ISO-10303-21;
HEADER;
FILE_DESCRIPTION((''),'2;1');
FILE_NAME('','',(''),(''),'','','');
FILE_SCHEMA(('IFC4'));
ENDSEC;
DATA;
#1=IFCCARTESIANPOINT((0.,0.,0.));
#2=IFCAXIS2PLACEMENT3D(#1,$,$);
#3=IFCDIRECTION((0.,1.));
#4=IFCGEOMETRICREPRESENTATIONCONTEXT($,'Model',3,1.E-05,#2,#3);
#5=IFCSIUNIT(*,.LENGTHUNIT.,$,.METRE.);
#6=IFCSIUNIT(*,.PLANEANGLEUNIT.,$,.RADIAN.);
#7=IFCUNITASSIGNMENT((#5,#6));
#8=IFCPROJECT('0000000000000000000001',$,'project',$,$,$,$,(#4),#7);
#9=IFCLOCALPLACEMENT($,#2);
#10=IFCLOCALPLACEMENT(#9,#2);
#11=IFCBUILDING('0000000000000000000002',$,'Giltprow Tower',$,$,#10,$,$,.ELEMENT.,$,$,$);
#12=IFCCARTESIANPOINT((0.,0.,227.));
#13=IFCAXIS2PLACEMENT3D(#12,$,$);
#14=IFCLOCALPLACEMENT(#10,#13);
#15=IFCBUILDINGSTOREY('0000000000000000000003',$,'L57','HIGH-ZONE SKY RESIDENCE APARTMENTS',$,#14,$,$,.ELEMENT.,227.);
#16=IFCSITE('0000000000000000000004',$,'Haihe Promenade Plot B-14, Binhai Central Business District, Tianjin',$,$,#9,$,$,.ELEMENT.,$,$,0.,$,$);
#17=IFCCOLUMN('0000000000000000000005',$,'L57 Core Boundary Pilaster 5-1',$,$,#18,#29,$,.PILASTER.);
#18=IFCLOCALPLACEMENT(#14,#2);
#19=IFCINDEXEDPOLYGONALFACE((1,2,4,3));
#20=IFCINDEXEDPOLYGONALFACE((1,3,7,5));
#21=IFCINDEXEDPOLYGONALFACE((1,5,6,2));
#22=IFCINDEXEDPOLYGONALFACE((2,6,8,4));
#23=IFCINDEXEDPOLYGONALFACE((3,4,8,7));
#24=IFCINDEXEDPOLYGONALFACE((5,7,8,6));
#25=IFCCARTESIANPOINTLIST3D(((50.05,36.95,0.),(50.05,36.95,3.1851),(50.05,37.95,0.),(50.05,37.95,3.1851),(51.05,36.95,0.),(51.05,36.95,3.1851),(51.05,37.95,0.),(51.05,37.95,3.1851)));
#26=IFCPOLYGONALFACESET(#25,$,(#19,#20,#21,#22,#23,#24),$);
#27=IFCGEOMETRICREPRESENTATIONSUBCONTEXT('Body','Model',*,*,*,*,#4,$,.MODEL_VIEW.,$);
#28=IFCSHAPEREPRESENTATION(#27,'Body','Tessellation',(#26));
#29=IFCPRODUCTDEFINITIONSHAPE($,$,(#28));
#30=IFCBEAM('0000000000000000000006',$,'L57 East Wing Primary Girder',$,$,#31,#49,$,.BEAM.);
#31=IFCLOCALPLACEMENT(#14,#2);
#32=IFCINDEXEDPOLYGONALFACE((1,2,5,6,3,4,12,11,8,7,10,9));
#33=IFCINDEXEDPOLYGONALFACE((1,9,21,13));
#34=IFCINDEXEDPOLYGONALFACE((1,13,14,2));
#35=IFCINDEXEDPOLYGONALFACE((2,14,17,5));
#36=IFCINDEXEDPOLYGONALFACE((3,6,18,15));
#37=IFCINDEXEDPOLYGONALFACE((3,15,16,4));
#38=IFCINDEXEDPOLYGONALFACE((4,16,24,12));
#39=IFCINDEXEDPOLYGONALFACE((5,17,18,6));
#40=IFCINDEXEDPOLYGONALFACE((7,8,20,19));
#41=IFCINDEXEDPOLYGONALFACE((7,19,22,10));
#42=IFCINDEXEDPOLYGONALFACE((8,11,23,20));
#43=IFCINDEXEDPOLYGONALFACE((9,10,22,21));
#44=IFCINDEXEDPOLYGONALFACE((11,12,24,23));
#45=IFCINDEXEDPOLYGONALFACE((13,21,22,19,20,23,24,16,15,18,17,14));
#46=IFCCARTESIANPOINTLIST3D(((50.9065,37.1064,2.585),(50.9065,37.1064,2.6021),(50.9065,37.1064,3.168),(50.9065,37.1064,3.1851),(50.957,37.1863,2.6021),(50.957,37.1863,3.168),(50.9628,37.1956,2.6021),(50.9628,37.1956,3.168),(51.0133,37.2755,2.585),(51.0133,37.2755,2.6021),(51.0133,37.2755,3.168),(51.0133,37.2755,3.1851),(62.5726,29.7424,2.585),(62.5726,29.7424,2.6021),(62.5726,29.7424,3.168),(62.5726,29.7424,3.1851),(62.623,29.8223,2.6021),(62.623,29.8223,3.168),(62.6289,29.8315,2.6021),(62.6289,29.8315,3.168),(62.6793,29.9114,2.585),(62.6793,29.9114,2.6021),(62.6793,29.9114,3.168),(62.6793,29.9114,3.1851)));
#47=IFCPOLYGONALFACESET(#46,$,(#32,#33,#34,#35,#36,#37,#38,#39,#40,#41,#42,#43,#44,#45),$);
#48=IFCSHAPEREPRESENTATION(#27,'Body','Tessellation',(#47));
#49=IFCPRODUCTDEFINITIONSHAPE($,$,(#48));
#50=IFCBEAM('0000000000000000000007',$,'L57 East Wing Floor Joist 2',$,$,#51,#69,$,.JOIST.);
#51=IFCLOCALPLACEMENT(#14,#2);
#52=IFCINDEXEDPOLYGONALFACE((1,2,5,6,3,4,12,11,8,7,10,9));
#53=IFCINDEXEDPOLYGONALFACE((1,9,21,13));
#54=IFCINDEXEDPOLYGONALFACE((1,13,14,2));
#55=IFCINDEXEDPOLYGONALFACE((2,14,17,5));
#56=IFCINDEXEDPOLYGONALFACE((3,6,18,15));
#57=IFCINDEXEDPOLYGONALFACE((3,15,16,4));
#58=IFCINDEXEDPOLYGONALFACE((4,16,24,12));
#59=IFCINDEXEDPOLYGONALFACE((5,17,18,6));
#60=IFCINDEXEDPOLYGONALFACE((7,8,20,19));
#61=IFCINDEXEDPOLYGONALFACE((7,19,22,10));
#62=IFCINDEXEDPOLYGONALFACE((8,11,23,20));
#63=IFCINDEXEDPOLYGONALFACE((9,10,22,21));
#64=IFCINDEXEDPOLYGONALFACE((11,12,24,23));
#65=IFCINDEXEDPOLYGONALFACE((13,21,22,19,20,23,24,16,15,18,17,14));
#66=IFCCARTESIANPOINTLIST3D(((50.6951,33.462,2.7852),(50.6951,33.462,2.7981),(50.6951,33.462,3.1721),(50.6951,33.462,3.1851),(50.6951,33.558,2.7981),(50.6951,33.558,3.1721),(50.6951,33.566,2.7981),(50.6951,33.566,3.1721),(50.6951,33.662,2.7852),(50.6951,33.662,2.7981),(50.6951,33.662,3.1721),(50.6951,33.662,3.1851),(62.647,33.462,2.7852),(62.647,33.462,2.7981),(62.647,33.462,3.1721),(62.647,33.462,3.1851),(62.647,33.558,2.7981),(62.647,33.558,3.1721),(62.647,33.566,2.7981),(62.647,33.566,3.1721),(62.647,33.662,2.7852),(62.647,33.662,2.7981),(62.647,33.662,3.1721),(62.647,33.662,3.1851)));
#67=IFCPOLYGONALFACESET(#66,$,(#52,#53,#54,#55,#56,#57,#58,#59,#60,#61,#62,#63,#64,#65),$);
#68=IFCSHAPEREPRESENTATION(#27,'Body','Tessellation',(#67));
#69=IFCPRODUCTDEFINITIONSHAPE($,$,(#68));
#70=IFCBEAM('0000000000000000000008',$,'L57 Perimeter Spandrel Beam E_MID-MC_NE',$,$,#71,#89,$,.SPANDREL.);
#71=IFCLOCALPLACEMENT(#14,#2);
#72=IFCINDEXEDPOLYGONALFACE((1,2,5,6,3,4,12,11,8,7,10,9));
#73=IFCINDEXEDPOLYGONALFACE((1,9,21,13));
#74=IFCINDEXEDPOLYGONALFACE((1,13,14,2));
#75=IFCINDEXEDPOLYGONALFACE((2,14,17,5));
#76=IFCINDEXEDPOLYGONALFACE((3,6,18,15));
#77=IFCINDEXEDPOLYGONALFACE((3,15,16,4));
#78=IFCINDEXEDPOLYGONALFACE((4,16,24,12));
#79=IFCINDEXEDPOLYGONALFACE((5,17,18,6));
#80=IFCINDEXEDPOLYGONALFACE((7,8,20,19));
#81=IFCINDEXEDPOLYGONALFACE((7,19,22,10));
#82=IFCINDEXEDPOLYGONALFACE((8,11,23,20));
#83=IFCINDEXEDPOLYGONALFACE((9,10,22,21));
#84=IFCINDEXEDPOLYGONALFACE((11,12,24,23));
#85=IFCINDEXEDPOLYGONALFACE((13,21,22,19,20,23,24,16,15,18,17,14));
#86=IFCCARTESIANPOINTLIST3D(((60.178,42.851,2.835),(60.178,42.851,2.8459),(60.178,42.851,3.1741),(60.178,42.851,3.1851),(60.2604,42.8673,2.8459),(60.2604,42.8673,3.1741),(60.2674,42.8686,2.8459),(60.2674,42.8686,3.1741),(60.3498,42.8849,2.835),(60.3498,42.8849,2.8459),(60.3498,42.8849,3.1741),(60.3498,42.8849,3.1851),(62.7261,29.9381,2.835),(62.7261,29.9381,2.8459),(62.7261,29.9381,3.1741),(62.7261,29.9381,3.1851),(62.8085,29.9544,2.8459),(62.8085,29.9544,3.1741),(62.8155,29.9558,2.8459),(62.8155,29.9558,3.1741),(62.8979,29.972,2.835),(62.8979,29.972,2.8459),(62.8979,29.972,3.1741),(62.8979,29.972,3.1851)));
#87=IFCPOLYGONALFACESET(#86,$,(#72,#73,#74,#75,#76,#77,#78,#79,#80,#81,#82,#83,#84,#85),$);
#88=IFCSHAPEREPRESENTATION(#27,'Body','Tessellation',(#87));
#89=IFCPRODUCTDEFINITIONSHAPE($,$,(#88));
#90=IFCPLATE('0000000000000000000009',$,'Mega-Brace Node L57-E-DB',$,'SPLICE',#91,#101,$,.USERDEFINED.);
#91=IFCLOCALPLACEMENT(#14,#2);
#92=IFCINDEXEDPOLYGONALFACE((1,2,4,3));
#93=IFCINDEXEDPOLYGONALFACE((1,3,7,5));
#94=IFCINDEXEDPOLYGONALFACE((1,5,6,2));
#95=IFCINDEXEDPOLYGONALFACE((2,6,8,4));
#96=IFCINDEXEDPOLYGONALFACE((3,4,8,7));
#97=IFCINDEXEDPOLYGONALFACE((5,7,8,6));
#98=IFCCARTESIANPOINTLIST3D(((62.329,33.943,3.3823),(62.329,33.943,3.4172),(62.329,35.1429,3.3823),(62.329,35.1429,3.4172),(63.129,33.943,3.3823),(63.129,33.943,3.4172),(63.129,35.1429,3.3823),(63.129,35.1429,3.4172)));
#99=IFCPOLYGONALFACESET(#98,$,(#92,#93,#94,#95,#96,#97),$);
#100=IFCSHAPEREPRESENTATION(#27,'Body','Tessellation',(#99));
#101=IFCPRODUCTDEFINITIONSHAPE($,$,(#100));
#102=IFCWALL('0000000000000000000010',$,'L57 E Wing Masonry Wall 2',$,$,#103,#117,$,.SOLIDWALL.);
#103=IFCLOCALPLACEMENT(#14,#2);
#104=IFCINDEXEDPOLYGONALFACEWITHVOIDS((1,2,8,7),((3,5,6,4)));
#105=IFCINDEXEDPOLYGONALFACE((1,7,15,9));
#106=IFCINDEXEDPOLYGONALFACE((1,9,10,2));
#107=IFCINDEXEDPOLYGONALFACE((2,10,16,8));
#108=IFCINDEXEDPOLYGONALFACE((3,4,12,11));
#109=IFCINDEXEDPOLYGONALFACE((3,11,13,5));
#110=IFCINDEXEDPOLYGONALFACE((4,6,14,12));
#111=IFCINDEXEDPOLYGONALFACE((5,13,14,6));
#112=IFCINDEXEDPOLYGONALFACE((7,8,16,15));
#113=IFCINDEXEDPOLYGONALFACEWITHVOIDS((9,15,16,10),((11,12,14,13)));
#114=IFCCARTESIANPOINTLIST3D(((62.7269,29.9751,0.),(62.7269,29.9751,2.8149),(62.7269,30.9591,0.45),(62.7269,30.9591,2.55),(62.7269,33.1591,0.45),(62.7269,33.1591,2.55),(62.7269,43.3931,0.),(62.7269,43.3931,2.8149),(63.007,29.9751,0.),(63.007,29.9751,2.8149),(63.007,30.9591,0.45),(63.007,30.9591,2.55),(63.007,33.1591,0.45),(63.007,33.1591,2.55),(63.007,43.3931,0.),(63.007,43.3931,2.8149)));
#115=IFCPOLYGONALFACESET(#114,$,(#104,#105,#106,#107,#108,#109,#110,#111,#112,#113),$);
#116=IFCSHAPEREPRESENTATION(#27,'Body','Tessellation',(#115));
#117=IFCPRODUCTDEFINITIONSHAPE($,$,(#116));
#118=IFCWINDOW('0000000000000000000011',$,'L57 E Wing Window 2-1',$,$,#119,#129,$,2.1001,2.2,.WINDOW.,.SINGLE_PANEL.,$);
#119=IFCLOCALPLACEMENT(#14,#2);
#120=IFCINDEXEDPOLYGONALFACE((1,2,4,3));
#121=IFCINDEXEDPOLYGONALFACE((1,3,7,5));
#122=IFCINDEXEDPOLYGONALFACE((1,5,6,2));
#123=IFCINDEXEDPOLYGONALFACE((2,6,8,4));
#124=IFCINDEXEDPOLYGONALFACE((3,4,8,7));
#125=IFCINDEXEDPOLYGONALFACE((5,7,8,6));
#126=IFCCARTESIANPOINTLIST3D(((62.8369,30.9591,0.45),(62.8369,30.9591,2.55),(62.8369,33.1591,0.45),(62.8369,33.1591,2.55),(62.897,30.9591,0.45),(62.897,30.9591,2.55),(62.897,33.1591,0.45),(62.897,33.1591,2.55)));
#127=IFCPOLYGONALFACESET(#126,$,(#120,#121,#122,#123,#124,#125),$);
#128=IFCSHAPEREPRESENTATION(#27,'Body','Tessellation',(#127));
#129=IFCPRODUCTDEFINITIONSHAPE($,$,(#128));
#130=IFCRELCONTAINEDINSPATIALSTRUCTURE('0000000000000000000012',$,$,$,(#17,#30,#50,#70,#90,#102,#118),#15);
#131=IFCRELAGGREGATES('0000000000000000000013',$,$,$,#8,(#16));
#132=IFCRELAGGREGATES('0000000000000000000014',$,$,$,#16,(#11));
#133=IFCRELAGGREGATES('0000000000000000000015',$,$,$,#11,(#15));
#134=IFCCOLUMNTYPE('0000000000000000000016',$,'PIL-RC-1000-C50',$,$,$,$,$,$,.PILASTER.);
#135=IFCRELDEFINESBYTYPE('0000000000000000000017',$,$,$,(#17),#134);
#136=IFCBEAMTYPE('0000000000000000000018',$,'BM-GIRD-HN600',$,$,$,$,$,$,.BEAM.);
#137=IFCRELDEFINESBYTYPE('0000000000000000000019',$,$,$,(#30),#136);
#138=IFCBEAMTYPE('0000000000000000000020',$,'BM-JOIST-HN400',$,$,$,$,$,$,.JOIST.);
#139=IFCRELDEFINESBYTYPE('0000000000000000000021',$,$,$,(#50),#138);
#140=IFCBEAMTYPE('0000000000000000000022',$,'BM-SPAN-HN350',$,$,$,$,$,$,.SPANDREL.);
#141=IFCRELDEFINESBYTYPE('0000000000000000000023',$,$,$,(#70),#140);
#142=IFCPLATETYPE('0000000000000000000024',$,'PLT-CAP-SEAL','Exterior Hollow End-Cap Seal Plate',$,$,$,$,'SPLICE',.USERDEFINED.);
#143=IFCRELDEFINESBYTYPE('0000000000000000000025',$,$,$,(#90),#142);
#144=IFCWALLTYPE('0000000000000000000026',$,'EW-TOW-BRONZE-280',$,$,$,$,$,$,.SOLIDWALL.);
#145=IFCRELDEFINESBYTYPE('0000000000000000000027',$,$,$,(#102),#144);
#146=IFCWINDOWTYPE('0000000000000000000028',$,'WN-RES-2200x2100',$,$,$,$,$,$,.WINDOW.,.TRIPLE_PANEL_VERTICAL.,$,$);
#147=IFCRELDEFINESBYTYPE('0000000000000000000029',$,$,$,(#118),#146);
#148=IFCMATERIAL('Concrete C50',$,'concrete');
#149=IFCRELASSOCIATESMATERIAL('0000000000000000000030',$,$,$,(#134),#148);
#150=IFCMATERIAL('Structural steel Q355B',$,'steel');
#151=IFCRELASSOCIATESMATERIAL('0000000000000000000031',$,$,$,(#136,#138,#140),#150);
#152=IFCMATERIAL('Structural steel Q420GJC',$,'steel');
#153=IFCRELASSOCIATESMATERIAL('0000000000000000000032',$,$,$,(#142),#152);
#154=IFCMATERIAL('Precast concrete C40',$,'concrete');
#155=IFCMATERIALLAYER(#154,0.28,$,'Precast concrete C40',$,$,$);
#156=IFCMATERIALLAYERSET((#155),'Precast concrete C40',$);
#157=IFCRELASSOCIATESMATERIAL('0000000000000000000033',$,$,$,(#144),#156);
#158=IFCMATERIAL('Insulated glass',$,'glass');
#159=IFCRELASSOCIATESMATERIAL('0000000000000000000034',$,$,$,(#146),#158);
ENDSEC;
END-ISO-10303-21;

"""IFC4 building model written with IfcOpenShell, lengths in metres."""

from ifc_helpers import new_model, si_unit, direction, frame, frame_2d, origin, origin_2d, place, context, subcontext, project, spatial, rectangle, i_section, extrude, source, transform, mapped, material, layer, layer_set, material_profile, profile_set, type_object, element, fill, save


model = new_model("IFC4")

# Units and contexts
model_context = context("Model", 3, precision=1e-05, world=origin(), true_north=direction((0.0, 1.0)))
body_context = subcontext(model_context, "Body", "Model", "MODEL_VIEW")
ifc_project = project(units=[si_unit("LENGTHUNIT", "METRE"), si_unit("PLANEANGLEUNIT", "RADIAN")], contexts=[model_context])

# Site, building, storey
site_placement = place(None, origin())
site = spatial("IfcSite", under=ifc_project, at=site_placement, Name="Haihe Promenade Plot B-14, Binhai Central Business District, Tianjin", CompositionType="ELEMENT", RefElevation=0.0)
building_placement = place(site_placement, origin())
building = spatial("IfcBuilding", under=site, at=building_placement, Name="Giltprow Tower", CompositionType="ELEMENT")
storey_placement = place(building_placement, frame((0.0, 0.0, 227.0)))
storey = spatial("IfcBuildingStorey", under=building, at=storey_placement, Name="L57", Description="HIGH-ZONE SKY RESIDENCE APARTMENTS", CompositionType="ELEMENT", Elevation=227.0)

# Column
ifc_material_1 = material(Name="Concrete C50", Category="concrete")
ifc_material_profile_1 = material_profile(ifc_material_1, rectangle(XDim=1.0, YDim=1.0, at=origin_2d()), Name="RC 1000x1000")
ifc_profile_set_1 = profile_set([ifc_material_profile_1], Name="Concrete C50")
column_type = type_object("IfcColumnType", Name="PIL-RC-1000-C50", PredefinedType="PILASTER", material=ifc_profile_set_1)
shared_shape_1 = source(origin(), body_context, "Body", "SweptSolid", [
    extrude(rectangle(XDim=1.0, YDim=1.0, at=origin_2d()), origin(), (0.0, 0.0, 1.0), 3.1851),
])
column_placement = place(storey_placement, frame((50.55, 37.45, 0.0), z_axis=(0.0, 0.0, 1.0), x_axis=(1.0, 0.0, 0.0)))
element("IfcColumn", 1, at=column_placement, inside=storey, type_object=column_type, Name="L57 Core Boundary Pilaster 5-1", PredefinedType="PILASTER", context=body_context, shape_type="MappedRepresentation", body=[
    mapped(shared_shape_1, transform((0.0, 0.0, 0.0), x_axis=(1.0, 0.0, 0.0), y_axis=(0.0, 1.0, 0.0), z_axis=(0.0, 0.0, 1.0), scale=1.0)),
])

# Beams
ifc_material_2 = material(Name="Structural steel Q355B", Category="steel")
ifc_material_profile_2 = material_profile(ifc_material_2, i_section(OverallWidth=0.2, OverallDepth=0.6001, WebThickness=0.011, FlangeThickness=0.0171, at=origin_2d()), Name="HN 600x200x11x17")
ifc_profile_set_2 = profile_set([ifc_material_profile_2], Name="Structural steel Q355B")
beam_type_1 = type_object("IfcBeamType", Name="BM-GIRD-HN600", PredefinedType="BEAM", material=ifc_profile_set_2)
shared_shape_2 = source(origin(), body_context, "Body", "SweptSolid", [
    extrude(i_section(OverallWidth=0.2, OverallDepth=0.6001, WebThickness=0.011, FlangeThickness=0.0171, at=origin_2d()), origin(), (0.0, 0.0, 1.0), 13.7959),
])
beam_1_placement = place(storey_placement, frame((62.626, 29.8269, 2.885), z_axis=(-0.84562, 0.533786, 0.0), x_axis=(-0.533786, -0.84562, 0.0)))
element("IfcBeam", 2, at=beam_1_placement, inside=storey, type_object=beam_type_1, Name="L57 East Wing Primary Girder", PredefinedType="BEAM", context=body_context, shape_type="MappedRepresentation", body=[
    mapped(shared_shape_2, transform((0.0, 0.0, 0.0), x_axis=(1.0, 0.0, 0.0), y_axis=(0.0, 1.0, 0.0), z_axis=(0.0, 0.0, 1.0), scale=1.0)),
])
ifc_material_profile_3 = material_profile(ifc_material_2, i_section(OverallWidth=0.2, OverallDepth=0.3999, WebThickness=0.0081, FlangeThickness=0.0129, at=origin_2d()), Name="HN 400x200x8x13")
ifc_profile_set_3 = profile_set([ifc_material_profile_3], Name="Structural steel Q355B")
beam_type_2 = type_object("IfcBeamType", Name="BM-JOIST-HN400", PredefinedType="JOIST", material=ifc_profile_set_3)
shared_shape_3 = source(origin(), body_context, "Body", "SweptSolid", [
    extrude(i_section(OverallWidth=0.2, OverallDepth=0.3999, WebThickness=0.0081, FlangeThickness=0.0129, at=origin_2d()), origin(), (0.0, 0.0, 1.0), 11.9519),
])
beam_2_placement = place(storey_placement, frame((50.6951, 33.562, 2.9851), z_axis=(1.0, 0.0, 0.0), x_axis=(0.0, 1.0, 0.0)))
element("IfcBeam", 3, at=beam_2_placement, inside=storey, type_object=beam_type_2, Name="L57 East Wing Floor Joist 2", PredefinedType="JOIST", context=body_context, shape_type="MappedRepresentation", body=[
    mapped(shared_shape_3, transform((0.0, 0.0, 0.0), x_axis=(1.0, 0.0, 0.0), y_axis=(0.0, 1.0, 0.0), z_axis=(0.0, 0.0, 1.0), scale=1.0)),
])
ifc_material_profile_4 = material_profile(ifc_material_2, i_section(OverallWidth=0.175, OverallDepth=0.3501, WebThickness=0.0071, FlangeThickness=0.011, at=origin_2d()), Name="HN 350x175x7x11")
ifc_profile_set_4 = profile_set([ifc_material_profile_4], Name="Structural steel Q355B")
beam_type_3 = type_object("IfcBeamType", Name="BM-SPAN-HN350", PredefinedType="SPANDREL", material=ifc_profile_set_4)
shared_shape_4 = source(origin(), body_context, "Body", "SweptSolid", [
    extrude(i_section(OverallWidth=0.175, OverallDepth=0.3501, WebThickness=0.0071, FlangeThickness=0.011, at=origin_2d()), origin(), (0.0, 0.0, 1.0), 13.1619),
])
beam_3_placement = place(storey_placement, frame((62.812, 29.9551, 3.01), z_axis=(-0.193597, 0.981081, 0.0), x_axis=(-0.981081, -0.193597, 0.0)))
element("IfcBeam", 4, at=beam_3_placement, inside=storey, type_object=beam_type_3, Name="L57 Perimeter Spandrel Beam E_MID-MC_NE", PredefinedType="SPANDREL", context=body_context, shape_type="MappedRepresentation", body=[
    mapped(shared_shape_4, transform((0.0, 0.0, 0.0), x_axis=(1.0, 0.0, 0.0), y_axis=(0.0, 1.0, 0.0), z_axis=(0.0, 0.0, 1.0), scale=1.0)),
])

# Plate
ifc_material_3 = material(Name="Structural steel Q420GJC", Category="steel")
plate_type = type_object("IfcPlateType", Name="PLT-CAP-SEAL", Description="Exterior Hollow End-Cap Seal Plate", ElementType="SPLICE", PredefinedType="USERDEFINED", material=ifc_material_3)
shared_shape_5 = source(origin(), body_context, "Body", "SweptSolid", [
    extrude(rectangle(XDim=1.2, YDim=0.8, at=origin_2d()), origin(), (0.0, 0.0, 1.0), 0.0349),
])
plate_placement = place(storey_placement, frame((62.729, 34.543, 3.3823), z_axis=(0.0, 0.0, 1.0), x_axis=(0.0, 1.0, 0.0)))
element("IfcPlate", 5, at=plate_placement, inside=storey, type_object=plate_type, Name="Mega-Brace Node L57-E-DB", ObjectType="SPLICE", PredefinedType="USERDEFINED", context=body_context, shape_type="MappedRepresentation", body=[
    mapped(shared_shape_5, transform((0.0, 0.0, 0.0), x_axis=(1.0, 0.0, 0.0), y_axis=(0.0, 1.0, 0.0), z_axis=(0.0, 0.0, 1.0), scale=1.0)),
])

# Wall, opening, window
ifc_material_4 = material(Name="Precast concrete C40", Category="concrete")
ifc_layer_1 = layer(ifc_material_4, 0.28, Name="Precast concrete C40")
ifc_layer_set_1 = layer_set([ifc_layer_1], Name="Precast concrete C40")
wall_type_1 = type_object("IfcWallType", Name="EW-TOW-BRONZE-280", PredefinedType="SOLIDWALL", material=ifc_layer_set_1)
wall_1_placement = place(storey_placement, frame((62.8669, 29.9751, 0.0), z_axis=(0.0, 0.0, 1.0), x_axis=(0.0, 1.0, 0.0)))
wall_1 = element("IfcWall", 6, at=wall_1_placement, inside=storey, type_object=wall_type_1, Name="L57 E Wing Masonry Wall 2", PredefinedType="SOLIDWALL", context=body_context, shape_type="SweptSolid", body=[
    extrude(rectangle(XDim=13.418, YDim=0.28, at=frame_2d((6.709, 0.0))), origin(), (0.0, 0.0, 1.0), 2.8149),
])
opening_1_placement = place(wall_1_placement, frame((0.9839, 0.0, 0.45)))
opening_1 = element("IfcOpeningElement", 7, at=opening_1_placement, cuts=wall_1, PredefinedType="OPENING", context=body_context, shape_type="SweptSolid", body=[
    extrude(rectangle(XDim=2.2, YDim=2.1001, at=frame_2d((1.1001, 1.05))), frame((0.0, 0.1499, 0.0), z_axis=(0.0, -1.0, 0.0), x_axis=(1.0, 0.0, 0.0)), (0.0, 0.0, 1.0), 0.3),
])
ifc_material_5 = material(Name="Insulated glass", Category="glass")
window_type = type_object("IfcWindowType", Name="WN-RES-2200x2100", PartitioningType="TRIPLE_PANEL_VERTICAL", PredefinedType="WINDOW", material=ifc_material_5)
shared_shape_6 = source(origin(), body_context, "Body", "SweptSolid", [
    extrude(rectangle(XDim=2.2, YDim=2.1001, at=frame_2d((1.1001, 1.05))), frame((0.0, 0.03, 0.0), z_axis=(0.0, -1.0, 0.0), x_axis=(1.0, 0.0, 0.0)), (0.0, 0.0, 1.0), 0.0601),
])
window_placement = place(opening_1_placement, origin())
window = element("IfcWindow", 8, at=window_placement, inside=storey, type_object=window_type, Name="L57 E Wing Window 2-1", OverallHeight=2.1001, OverallWidth=2.2, PartitioningType="SINGLE_PANEL", PredefinedType="WINDOW", context=body_context, shape_type="MappedRepresentation", body=[
    mapped(shared_shape_6, transform((0.0, 0.0, 0.0), x_axis=(1.0, 0.0, 0.0), y_axis=(0.0, 1.0, 0.0), z_axis=(0.0, 0.0, 1.0), scale=1.0)),
])
fill(opening_1, window)

save(model, "model.ifc")
